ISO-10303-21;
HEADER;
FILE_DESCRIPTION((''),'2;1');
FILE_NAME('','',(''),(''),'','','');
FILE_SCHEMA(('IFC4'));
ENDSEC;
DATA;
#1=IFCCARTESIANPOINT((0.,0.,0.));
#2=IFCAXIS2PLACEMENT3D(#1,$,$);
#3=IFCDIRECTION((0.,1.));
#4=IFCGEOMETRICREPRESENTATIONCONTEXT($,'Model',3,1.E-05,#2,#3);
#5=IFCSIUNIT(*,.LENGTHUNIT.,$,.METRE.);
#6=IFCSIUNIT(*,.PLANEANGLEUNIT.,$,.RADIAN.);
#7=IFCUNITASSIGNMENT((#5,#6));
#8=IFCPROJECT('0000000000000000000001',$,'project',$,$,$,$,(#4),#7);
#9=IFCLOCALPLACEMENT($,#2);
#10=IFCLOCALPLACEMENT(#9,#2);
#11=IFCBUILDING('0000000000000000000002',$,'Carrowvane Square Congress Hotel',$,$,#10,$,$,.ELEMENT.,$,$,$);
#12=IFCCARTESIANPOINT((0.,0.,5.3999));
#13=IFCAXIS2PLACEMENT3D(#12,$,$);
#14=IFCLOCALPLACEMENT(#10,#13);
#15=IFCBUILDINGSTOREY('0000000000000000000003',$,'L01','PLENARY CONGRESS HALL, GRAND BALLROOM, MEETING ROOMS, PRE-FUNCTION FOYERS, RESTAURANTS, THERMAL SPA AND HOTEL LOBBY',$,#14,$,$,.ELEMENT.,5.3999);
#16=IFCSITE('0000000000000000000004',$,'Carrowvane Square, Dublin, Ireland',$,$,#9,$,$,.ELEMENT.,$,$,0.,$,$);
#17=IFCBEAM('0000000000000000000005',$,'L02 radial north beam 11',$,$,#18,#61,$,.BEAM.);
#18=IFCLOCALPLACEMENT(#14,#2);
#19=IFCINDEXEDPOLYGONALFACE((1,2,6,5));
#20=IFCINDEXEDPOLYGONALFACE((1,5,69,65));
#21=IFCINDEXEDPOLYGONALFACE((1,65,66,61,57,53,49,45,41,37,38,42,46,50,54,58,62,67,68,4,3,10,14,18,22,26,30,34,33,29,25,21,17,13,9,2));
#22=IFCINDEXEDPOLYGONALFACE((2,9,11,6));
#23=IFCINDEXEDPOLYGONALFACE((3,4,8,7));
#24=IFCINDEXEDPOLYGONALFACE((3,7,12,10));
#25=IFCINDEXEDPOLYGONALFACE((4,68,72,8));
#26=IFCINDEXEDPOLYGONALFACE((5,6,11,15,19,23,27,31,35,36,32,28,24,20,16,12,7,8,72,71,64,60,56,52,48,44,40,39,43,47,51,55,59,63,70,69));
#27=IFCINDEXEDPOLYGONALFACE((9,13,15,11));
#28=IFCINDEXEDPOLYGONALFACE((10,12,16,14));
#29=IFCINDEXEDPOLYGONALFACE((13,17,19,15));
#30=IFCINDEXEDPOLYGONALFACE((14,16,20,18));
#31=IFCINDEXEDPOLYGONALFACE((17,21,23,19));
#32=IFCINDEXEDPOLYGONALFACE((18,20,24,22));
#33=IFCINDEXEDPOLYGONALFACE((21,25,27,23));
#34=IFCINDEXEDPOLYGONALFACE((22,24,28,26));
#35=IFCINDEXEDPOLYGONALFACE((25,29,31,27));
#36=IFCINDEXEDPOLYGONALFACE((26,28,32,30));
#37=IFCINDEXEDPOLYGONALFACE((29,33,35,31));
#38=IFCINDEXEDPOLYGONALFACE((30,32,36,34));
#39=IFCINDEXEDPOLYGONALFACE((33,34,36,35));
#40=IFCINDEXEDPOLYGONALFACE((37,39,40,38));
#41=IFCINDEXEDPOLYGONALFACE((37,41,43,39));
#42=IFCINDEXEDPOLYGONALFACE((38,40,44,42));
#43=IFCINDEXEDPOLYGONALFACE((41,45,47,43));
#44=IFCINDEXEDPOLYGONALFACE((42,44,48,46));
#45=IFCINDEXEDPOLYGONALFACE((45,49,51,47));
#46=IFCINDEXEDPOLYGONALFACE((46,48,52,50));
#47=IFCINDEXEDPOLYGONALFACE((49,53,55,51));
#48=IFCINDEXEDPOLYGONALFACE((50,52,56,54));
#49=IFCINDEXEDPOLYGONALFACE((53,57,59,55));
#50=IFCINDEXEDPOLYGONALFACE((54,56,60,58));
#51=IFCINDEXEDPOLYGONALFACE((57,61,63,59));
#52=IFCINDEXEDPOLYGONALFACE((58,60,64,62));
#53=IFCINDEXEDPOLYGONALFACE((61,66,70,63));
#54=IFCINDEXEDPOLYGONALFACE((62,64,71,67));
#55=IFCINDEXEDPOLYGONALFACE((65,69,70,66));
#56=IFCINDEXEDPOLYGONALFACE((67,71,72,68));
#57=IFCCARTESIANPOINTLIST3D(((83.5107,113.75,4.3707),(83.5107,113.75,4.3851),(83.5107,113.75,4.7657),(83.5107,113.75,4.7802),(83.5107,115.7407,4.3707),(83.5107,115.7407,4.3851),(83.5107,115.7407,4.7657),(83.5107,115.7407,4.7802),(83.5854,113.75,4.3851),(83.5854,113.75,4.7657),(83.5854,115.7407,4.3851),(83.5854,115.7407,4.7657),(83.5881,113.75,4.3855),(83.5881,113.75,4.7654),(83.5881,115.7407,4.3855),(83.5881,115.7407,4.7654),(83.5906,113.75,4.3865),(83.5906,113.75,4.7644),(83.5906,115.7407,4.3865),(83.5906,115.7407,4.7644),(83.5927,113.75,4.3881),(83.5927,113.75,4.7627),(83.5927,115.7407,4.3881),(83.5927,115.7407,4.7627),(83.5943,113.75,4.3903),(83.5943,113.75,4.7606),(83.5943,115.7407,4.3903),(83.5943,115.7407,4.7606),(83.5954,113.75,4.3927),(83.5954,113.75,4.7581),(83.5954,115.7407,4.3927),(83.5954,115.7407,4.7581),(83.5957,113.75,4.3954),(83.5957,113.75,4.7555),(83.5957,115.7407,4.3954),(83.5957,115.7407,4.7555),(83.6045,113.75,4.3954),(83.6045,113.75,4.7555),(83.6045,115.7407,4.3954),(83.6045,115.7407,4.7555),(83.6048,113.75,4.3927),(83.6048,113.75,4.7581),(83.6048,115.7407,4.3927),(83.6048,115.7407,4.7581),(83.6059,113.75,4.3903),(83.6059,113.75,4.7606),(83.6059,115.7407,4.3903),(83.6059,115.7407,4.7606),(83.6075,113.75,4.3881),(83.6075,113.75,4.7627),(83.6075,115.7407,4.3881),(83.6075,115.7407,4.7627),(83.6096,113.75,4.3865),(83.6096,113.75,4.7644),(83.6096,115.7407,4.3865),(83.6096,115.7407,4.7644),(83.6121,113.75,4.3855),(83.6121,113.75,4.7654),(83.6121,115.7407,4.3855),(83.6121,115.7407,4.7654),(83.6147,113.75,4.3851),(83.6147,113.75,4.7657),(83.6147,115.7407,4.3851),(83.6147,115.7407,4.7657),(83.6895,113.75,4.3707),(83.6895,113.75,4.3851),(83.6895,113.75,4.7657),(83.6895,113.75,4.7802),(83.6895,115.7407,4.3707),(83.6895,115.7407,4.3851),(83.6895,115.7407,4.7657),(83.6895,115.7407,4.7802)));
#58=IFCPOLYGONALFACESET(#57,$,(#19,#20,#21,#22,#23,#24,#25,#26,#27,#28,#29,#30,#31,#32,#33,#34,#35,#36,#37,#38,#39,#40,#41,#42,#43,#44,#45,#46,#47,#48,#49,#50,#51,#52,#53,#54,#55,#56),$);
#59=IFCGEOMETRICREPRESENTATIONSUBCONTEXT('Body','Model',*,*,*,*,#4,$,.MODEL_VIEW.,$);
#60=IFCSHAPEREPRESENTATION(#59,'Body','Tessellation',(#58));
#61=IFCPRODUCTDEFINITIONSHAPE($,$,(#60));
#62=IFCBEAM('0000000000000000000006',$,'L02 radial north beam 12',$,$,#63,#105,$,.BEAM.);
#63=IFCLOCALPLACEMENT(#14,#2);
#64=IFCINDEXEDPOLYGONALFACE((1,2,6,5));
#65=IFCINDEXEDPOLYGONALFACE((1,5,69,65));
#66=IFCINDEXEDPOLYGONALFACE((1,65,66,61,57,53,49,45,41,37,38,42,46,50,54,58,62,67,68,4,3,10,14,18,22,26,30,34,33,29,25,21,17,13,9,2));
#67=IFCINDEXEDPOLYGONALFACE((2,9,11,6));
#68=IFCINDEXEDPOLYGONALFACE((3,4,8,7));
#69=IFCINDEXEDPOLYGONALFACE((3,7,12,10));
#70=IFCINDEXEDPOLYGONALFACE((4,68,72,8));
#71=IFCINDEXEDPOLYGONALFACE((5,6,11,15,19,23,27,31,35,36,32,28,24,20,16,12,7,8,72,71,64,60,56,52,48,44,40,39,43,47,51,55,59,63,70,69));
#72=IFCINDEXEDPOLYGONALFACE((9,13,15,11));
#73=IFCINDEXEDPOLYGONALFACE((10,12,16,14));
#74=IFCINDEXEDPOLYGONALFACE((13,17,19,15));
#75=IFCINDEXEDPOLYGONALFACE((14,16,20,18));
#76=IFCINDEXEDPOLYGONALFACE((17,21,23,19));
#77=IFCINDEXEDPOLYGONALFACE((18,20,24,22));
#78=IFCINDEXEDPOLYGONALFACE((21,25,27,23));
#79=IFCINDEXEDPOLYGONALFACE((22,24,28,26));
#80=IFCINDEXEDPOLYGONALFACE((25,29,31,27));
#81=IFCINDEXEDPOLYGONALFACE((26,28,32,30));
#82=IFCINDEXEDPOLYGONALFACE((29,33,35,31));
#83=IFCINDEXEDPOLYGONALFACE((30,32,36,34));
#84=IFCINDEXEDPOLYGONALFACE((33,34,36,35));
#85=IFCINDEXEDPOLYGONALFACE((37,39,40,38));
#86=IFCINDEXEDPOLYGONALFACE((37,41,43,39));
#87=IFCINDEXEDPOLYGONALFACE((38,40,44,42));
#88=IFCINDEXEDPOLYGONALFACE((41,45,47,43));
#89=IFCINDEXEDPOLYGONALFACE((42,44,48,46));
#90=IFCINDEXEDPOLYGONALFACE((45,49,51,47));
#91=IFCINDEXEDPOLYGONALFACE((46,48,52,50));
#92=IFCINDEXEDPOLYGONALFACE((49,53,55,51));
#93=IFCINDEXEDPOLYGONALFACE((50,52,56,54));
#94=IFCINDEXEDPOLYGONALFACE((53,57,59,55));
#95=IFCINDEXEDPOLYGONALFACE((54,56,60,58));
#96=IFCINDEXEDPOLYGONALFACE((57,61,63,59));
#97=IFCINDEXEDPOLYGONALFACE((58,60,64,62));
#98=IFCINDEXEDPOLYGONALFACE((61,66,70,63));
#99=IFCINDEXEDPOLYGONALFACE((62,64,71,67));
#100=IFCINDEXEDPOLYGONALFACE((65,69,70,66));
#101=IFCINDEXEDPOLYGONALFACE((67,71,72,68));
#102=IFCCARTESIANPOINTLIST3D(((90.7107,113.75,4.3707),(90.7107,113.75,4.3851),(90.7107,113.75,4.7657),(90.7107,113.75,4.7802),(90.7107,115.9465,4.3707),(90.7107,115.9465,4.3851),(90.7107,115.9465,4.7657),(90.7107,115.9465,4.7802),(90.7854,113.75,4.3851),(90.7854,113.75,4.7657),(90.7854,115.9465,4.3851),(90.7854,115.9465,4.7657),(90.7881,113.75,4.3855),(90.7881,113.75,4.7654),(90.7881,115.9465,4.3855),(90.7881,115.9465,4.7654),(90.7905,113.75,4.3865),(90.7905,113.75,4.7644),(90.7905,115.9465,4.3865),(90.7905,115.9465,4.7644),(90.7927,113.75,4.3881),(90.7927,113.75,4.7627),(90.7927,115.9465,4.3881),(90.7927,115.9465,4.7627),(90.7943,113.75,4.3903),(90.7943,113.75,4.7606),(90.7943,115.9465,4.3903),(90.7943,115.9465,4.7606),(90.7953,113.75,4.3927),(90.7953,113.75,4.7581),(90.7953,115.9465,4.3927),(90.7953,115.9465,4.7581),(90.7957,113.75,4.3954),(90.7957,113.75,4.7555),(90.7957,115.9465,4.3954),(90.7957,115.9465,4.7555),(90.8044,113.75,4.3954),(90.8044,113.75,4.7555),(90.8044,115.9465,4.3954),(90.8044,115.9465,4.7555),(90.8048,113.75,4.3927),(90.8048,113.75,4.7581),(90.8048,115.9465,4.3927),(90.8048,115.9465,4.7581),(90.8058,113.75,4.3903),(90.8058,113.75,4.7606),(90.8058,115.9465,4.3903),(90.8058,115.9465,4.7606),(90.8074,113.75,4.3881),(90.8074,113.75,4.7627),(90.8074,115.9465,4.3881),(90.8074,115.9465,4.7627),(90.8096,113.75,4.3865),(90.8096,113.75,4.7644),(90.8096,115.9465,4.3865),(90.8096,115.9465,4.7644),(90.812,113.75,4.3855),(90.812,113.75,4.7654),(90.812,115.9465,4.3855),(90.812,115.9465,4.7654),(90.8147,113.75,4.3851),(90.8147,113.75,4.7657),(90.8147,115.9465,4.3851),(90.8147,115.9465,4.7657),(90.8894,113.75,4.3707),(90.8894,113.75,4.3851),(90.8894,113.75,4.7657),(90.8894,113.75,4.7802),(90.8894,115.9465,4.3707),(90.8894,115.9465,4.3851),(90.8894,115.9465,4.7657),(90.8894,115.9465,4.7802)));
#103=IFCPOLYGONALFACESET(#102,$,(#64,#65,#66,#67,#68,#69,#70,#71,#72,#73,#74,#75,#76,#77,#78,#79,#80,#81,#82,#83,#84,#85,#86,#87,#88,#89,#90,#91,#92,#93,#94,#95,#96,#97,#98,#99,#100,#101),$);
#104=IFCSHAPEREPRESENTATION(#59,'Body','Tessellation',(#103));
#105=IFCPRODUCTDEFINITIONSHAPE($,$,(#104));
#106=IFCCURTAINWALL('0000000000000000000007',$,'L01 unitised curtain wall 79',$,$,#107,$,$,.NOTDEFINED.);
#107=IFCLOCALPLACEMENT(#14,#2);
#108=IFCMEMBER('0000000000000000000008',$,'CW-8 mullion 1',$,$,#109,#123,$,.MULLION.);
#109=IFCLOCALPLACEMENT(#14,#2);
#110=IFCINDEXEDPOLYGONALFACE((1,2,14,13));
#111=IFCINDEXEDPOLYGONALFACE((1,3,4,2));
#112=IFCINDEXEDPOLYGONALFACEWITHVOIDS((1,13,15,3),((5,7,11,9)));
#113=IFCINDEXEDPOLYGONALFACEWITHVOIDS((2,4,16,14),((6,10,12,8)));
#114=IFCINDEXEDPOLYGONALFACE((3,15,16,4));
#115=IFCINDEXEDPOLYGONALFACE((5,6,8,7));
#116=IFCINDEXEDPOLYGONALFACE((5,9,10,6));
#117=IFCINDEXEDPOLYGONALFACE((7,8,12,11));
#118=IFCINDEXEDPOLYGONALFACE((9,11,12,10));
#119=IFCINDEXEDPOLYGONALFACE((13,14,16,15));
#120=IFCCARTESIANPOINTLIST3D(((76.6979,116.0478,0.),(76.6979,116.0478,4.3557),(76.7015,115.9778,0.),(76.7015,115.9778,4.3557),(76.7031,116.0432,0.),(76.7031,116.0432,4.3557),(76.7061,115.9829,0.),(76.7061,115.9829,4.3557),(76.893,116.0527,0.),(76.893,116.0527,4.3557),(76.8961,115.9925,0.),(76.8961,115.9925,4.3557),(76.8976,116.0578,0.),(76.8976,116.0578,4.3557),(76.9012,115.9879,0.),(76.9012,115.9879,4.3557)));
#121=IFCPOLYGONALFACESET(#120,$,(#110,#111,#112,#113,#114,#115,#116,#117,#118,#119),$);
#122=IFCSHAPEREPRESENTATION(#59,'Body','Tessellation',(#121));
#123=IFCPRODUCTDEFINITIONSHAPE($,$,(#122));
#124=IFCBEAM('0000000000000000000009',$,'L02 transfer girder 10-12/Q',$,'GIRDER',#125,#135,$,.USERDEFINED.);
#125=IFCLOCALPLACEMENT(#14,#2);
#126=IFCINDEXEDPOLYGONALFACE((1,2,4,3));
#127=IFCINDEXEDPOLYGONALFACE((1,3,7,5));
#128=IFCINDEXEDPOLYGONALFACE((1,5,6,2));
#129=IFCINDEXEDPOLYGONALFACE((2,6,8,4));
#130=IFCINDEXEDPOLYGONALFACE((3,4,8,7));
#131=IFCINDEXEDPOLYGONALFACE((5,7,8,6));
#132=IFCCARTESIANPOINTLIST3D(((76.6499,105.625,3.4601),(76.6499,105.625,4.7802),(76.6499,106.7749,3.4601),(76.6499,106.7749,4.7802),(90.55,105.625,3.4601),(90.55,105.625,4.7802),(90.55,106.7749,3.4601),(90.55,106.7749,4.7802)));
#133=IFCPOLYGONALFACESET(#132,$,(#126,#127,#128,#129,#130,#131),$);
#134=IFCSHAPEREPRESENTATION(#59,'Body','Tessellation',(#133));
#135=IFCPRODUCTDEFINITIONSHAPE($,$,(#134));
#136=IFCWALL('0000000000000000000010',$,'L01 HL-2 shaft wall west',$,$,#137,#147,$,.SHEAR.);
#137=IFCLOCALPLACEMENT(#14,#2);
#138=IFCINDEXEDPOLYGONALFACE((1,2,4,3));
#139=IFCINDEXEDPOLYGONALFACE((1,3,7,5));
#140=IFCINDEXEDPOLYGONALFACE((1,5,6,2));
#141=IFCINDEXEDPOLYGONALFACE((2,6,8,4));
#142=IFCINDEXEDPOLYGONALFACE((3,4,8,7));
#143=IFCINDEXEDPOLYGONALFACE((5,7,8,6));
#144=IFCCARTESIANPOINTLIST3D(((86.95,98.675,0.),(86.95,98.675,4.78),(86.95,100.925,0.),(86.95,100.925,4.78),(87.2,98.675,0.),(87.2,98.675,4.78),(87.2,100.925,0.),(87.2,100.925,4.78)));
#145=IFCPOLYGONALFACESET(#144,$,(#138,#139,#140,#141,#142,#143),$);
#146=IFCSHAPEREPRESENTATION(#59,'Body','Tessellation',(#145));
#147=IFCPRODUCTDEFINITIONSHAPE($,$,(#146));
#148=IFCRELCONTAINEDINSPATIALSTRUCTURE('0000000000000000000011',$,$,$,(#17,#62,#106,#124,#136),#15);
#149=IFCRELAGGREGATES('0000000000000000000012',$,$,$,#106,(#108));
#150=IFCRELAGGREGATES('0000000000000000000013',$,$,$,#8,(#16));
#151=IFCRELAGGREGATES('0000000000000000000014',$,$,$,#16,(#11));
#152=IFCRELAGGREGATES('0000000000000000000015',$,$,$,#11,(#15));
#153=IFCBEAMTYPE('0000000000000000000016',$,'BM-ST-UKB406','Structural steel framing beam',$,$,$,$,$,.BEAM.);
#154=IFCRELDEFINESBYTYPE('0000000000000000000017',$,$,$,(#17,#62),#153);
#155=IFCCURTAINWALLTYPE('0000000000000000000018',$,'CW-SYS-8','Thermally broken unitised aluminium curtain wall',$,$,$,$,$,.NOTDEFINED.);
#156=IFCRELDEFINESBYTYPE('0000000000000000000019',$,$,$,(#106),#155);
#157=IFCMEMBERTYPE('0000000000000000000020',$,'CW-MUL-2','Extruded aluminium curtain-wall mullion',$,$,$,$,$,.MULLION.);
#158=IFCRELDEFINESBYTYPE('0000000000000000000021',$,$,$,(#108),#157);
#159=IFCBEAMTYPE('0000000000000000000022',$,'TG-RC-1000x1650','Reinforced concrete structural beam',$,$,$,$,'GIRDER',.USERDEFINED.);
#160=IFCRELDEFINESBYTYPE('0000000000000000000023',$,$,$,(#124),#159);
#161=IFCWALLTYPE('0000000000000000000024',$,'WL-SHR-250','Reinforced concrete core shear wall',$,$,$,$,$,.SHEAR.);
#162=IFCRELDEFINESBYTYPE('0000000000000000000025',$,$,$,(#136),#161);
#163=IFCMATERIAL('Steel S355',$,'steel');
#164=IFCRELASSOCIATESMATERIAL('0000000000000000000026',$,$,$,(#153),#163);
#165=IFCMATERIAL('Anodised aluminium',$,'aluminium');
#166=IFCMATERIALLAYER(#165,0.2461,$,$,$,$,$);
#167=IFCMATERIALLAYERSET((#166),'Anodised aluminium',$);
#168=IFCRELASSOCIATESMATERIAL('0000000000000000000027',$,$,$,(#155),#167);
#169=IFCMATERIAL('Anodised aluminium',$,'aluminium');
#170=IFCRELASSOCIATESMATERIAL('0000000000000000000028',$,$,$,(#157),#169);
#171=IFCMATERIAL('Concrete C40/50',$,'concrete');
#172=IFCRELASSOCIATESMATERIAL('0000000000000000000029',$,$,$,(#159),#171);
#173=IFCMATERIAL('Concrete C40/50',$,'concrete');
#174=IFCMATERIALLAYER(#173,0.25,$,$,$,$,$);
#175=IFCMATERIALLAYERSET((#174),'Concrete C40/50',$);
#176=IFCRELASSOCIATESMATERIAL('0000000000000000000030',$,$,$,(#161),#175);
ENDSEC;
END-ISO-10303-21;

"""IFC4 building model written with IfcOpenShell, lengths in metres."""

from ifc_helpers import new_model, si_unit, direction, frame, frame_2d, origin, origin_2d, place, context, subcontext, project, spatial, rectangle, hollow_rectangle, i_section, extrude, material, layer, layer_set, material_profile, profile_set, type_object, element, aggregate, save


model = new_model("IFC4")

# Units and contexts
model_context = context("Model", 3, precision=1e-05, world=origin(), true_north=direction((0.0, 1.0)))
body_context = subcontext(model_context, "Body", "Model", "MODEL_VIEW")
ifc_project = project(units=[si_unit("LENGTHUNIT", "METRE"), si_unit("PLANEANGLEUNIT", "RADIAN")], contexts=[model_context])

# Site, building, storey
site_placement = place(None, origin())
site = spatial("IfcSite", under=ifc_project, at=site_placement, Name="Carrowvane Square, Dublin, Ireland", CompositionType="ELEMENT", RefElevation=0.0)
building_placement = place(site_placement, origin())
building = spatial("IfcBuilding", under=site, at=building_placement, Name="Carrowvane Square Congress Hotel", CompositionType="ELEMENT")
storey_placement = place(building_placement, frame((0.0, 0.0, 5.3999)))
storey = spatial("IfcBuildingStorey", under=building, at=storey_placement, Name="L01", Description="PLENARY CONGRESS HALL, GRAND BALLROOM, MEETING ROOMS, PRE-FUNCTION FOYERS, RESTAURANTS, THERMAL SPA AND HOTEL LOBBY", CompositionType="ELEMENT", Elevation=5.3999)

# Beams
ifc_material_1 = material(Name="Steel S355", Category="steel")
ifc_material_profile_1 = material_profile(ifc_material_1, i_section(OverallWidth=0.1787, OverallDepth=0.4094, WebThickness=0.0088, FlangeThickness=0.0144, FilletRadius=0.0103, at=origin_2d()), Name="UKB 406x178x67")
ifc_profile_set_1 = profile_set([ifc_material_profile_1], Name="Steel S355")
beam_type_1 = type_object("IfcBeamType", Name="BM-ST-UKB406", Description="Structural steel framing beam", PredefinedType="BEAM", material=ifc_profile_set_1)
beam_1_placement = place(storey_placement, frame((83.6001, 113.75, 4.5754), z_axis=(0.0, 1.0, 0.0), x_axis=(-1.0, 0.0, 0.0)))
element("IfcBeam", 1, at=beam_1_placement, inside=storey, type_object=beam_type_1, Name="L02 radial north beam 11", PredefinedType="BEAM", context=body_context, shape_type="SweptSolid", body=[
    extrude(i_section(OverallWidth=0.1787, OverallDepth=0.4094, WebThickness=0.0088, FlangeThickness=0.0144, FilletRadius=0.0103, at=origin_2d()), origin(), (0.0, 0.0, 1.0), 1.9907),
])
beam_2_placement = place(storey_placement, frame((90.8, 113.75, 4.5754), z_axis=(0.0, 1.0, 0.0), x_axis=(-1.0, 0.0, 0.0)))
element("IfcBeam", 2, at=beam_2_placement, inside=storey, type_object=beam_type_1, Name="L02 radial north beam 12", PredefinedType="BEAM", context=body_context, shape_type="SweptSolid", body=[
    extrude(i_section(OverallWidth=0.1787, OverallDepth=0.4094, WebThickness=0.0088, FlangeThickness=0.0144, FilletRadius=0.0103, at=origin_2d()), origin(), (0.0, 0.0, 1.0), 2.1965),
])

# Curtain wall, member
ifc_material_2 = material(Name="Anodised aluminium", Category="aluminium")
ifc_layer_1 = layer(ifc_material_2, 0.2461)
ifc_layer_set_1 = layer_set([ifc_layer_1], Name="Anodised aluminium")
curtain_wall_type = type_object("IfcCurtainWallType", Name="CW-SYS-8", Description="Thermally broken unitised aluminium curtain wall", PredefinedType="NOTDEFINED", material=ifc_layer_set_1)
curtain_wall_placement = place(storey_placement, origin())
curtain_wall = element("IfcCurtainWall", 3, at=curtain_wall_placement, inside=storey, type_object=curtain_wall_type, Name="L01 unitised curtain wall 79", PredefinedType="NOTDEFINED")
ifc_material_3 = material(Name="Anodised aluminium", Category="aluminium")
ifc_material_profile_2 = material_profile(ifc_material_3, hollow_rectangle(XDim=0.0701, YDim=0.2, WallThickness=0.0049, at=origin_2d()), Name="CW-ML 70x200x5")
ifc_profile_set_2 = profile_set([ifc_material_profile_2], Name="Anodised aluminium")
member_type = type_object("IfcMemberType", Name="CW-MUL-2", Description="Extruded aluminium curtain-wall mullion", PredefinedType="MULLION", material=ifc_profile_set_2)
member_placement = place(storey_placement, frame((76.7996, 116.0178, 0.0), z_axis=(0.0, 0.0, 1.0), x_axis=(-0.050324, 0.998733, 0.0)))
member = element("IfcMember", 4, at=member_placement, type_object=member_type, Name="CW-8 mullion 1", PredefinedType="MULLION", context=body_context, shape_type="SweptSolid", body=[
    extrude(hollow_rectangle(XDim=0.0701, YDim=0.2, WallThickness=0.0049, at=origin_2d()), origin(), (0.0, 0.0, 1.0), 4.3557),
])
aggregate(curtain_wall, [member])

# Beam
ifc_material_4 = material(Name="Concrete C40/50", Category="concrete")
ifc_material_profile_3 = material_profile(ifc_material_4, rectangle(XDim=1.1499, YDim=1.3201, at=origin_2d()), Name="RC 1150x1320")
ifc_profile_set_3 = profile_set([ifc_material_profile_3], Name="Concrete C40/50")
beam_type_2 = type_object("IfcBeamType", Name="TG-RC-1000x1650", Description="Reinforced concrete structural beam", ElementType="GIRDER", PredefinedType="USERDEFINED", material=ifc_profile_set_3)
beam_3_placement = place(storey_placement, frame((76.6499, 106.2, 4.1201), z_axis=(1.0, 0.0, 0.0), x_axis=(0.0, 1.0, 0.0)))
element("IfcBeam", 5, at=beam_3_placement, inside=storey, type_object=beam_type_2, Name="L02 transfer girder 10-12/Q", ObjectType="GIRDER", PredefinedType="USERDEFINED", context=body_context, shape_type="SweptSolid", body=[
    extrude(rectangle(XDim=1.1499, YDim=1.3201, at=origin_2d()), origin(), (0.0, 0.0, 1.0), 13.9001),
])

# Shared definitions
ifc_material_5 = material(Name="Concrete C40/50", Category="concrete")
ifc_layer_2 = layer(ifc_material_5, 0.25)
ifc_layer_set_2 = layer_set([ifc_layer_2], Name="Concrete C40/50")
wall_type = type_object("IfcWallType", Name="WL-SHR-250", Description="Reinforced concrete core shear wall", PredefinedType="SHEAR", material=ifc_layer_set_2)

# Wall
wall_1_placement = place(storey_placement, frame((87.075, 100.925, 0.0), z_axis=(0.0, 0.0, 1.0), x_axis=(0.0, -1.0, 0.0)))
element("IfcWall", 6, at=wall_1_placement, inside=storey, type_object=wall_type, Name="L01 HL-2 shaft wall west", PredefinedType="SHEAR", context=body_context, shape_type="SweptSolid", body=[
    extrude(rectangle(XDim=2.25, YDim=0.25, at=frame_2d((1.125, 0.0))), origin(), (0.0, 0.0, 1.0), 4.78),
])

save(model, "model.ifc")
